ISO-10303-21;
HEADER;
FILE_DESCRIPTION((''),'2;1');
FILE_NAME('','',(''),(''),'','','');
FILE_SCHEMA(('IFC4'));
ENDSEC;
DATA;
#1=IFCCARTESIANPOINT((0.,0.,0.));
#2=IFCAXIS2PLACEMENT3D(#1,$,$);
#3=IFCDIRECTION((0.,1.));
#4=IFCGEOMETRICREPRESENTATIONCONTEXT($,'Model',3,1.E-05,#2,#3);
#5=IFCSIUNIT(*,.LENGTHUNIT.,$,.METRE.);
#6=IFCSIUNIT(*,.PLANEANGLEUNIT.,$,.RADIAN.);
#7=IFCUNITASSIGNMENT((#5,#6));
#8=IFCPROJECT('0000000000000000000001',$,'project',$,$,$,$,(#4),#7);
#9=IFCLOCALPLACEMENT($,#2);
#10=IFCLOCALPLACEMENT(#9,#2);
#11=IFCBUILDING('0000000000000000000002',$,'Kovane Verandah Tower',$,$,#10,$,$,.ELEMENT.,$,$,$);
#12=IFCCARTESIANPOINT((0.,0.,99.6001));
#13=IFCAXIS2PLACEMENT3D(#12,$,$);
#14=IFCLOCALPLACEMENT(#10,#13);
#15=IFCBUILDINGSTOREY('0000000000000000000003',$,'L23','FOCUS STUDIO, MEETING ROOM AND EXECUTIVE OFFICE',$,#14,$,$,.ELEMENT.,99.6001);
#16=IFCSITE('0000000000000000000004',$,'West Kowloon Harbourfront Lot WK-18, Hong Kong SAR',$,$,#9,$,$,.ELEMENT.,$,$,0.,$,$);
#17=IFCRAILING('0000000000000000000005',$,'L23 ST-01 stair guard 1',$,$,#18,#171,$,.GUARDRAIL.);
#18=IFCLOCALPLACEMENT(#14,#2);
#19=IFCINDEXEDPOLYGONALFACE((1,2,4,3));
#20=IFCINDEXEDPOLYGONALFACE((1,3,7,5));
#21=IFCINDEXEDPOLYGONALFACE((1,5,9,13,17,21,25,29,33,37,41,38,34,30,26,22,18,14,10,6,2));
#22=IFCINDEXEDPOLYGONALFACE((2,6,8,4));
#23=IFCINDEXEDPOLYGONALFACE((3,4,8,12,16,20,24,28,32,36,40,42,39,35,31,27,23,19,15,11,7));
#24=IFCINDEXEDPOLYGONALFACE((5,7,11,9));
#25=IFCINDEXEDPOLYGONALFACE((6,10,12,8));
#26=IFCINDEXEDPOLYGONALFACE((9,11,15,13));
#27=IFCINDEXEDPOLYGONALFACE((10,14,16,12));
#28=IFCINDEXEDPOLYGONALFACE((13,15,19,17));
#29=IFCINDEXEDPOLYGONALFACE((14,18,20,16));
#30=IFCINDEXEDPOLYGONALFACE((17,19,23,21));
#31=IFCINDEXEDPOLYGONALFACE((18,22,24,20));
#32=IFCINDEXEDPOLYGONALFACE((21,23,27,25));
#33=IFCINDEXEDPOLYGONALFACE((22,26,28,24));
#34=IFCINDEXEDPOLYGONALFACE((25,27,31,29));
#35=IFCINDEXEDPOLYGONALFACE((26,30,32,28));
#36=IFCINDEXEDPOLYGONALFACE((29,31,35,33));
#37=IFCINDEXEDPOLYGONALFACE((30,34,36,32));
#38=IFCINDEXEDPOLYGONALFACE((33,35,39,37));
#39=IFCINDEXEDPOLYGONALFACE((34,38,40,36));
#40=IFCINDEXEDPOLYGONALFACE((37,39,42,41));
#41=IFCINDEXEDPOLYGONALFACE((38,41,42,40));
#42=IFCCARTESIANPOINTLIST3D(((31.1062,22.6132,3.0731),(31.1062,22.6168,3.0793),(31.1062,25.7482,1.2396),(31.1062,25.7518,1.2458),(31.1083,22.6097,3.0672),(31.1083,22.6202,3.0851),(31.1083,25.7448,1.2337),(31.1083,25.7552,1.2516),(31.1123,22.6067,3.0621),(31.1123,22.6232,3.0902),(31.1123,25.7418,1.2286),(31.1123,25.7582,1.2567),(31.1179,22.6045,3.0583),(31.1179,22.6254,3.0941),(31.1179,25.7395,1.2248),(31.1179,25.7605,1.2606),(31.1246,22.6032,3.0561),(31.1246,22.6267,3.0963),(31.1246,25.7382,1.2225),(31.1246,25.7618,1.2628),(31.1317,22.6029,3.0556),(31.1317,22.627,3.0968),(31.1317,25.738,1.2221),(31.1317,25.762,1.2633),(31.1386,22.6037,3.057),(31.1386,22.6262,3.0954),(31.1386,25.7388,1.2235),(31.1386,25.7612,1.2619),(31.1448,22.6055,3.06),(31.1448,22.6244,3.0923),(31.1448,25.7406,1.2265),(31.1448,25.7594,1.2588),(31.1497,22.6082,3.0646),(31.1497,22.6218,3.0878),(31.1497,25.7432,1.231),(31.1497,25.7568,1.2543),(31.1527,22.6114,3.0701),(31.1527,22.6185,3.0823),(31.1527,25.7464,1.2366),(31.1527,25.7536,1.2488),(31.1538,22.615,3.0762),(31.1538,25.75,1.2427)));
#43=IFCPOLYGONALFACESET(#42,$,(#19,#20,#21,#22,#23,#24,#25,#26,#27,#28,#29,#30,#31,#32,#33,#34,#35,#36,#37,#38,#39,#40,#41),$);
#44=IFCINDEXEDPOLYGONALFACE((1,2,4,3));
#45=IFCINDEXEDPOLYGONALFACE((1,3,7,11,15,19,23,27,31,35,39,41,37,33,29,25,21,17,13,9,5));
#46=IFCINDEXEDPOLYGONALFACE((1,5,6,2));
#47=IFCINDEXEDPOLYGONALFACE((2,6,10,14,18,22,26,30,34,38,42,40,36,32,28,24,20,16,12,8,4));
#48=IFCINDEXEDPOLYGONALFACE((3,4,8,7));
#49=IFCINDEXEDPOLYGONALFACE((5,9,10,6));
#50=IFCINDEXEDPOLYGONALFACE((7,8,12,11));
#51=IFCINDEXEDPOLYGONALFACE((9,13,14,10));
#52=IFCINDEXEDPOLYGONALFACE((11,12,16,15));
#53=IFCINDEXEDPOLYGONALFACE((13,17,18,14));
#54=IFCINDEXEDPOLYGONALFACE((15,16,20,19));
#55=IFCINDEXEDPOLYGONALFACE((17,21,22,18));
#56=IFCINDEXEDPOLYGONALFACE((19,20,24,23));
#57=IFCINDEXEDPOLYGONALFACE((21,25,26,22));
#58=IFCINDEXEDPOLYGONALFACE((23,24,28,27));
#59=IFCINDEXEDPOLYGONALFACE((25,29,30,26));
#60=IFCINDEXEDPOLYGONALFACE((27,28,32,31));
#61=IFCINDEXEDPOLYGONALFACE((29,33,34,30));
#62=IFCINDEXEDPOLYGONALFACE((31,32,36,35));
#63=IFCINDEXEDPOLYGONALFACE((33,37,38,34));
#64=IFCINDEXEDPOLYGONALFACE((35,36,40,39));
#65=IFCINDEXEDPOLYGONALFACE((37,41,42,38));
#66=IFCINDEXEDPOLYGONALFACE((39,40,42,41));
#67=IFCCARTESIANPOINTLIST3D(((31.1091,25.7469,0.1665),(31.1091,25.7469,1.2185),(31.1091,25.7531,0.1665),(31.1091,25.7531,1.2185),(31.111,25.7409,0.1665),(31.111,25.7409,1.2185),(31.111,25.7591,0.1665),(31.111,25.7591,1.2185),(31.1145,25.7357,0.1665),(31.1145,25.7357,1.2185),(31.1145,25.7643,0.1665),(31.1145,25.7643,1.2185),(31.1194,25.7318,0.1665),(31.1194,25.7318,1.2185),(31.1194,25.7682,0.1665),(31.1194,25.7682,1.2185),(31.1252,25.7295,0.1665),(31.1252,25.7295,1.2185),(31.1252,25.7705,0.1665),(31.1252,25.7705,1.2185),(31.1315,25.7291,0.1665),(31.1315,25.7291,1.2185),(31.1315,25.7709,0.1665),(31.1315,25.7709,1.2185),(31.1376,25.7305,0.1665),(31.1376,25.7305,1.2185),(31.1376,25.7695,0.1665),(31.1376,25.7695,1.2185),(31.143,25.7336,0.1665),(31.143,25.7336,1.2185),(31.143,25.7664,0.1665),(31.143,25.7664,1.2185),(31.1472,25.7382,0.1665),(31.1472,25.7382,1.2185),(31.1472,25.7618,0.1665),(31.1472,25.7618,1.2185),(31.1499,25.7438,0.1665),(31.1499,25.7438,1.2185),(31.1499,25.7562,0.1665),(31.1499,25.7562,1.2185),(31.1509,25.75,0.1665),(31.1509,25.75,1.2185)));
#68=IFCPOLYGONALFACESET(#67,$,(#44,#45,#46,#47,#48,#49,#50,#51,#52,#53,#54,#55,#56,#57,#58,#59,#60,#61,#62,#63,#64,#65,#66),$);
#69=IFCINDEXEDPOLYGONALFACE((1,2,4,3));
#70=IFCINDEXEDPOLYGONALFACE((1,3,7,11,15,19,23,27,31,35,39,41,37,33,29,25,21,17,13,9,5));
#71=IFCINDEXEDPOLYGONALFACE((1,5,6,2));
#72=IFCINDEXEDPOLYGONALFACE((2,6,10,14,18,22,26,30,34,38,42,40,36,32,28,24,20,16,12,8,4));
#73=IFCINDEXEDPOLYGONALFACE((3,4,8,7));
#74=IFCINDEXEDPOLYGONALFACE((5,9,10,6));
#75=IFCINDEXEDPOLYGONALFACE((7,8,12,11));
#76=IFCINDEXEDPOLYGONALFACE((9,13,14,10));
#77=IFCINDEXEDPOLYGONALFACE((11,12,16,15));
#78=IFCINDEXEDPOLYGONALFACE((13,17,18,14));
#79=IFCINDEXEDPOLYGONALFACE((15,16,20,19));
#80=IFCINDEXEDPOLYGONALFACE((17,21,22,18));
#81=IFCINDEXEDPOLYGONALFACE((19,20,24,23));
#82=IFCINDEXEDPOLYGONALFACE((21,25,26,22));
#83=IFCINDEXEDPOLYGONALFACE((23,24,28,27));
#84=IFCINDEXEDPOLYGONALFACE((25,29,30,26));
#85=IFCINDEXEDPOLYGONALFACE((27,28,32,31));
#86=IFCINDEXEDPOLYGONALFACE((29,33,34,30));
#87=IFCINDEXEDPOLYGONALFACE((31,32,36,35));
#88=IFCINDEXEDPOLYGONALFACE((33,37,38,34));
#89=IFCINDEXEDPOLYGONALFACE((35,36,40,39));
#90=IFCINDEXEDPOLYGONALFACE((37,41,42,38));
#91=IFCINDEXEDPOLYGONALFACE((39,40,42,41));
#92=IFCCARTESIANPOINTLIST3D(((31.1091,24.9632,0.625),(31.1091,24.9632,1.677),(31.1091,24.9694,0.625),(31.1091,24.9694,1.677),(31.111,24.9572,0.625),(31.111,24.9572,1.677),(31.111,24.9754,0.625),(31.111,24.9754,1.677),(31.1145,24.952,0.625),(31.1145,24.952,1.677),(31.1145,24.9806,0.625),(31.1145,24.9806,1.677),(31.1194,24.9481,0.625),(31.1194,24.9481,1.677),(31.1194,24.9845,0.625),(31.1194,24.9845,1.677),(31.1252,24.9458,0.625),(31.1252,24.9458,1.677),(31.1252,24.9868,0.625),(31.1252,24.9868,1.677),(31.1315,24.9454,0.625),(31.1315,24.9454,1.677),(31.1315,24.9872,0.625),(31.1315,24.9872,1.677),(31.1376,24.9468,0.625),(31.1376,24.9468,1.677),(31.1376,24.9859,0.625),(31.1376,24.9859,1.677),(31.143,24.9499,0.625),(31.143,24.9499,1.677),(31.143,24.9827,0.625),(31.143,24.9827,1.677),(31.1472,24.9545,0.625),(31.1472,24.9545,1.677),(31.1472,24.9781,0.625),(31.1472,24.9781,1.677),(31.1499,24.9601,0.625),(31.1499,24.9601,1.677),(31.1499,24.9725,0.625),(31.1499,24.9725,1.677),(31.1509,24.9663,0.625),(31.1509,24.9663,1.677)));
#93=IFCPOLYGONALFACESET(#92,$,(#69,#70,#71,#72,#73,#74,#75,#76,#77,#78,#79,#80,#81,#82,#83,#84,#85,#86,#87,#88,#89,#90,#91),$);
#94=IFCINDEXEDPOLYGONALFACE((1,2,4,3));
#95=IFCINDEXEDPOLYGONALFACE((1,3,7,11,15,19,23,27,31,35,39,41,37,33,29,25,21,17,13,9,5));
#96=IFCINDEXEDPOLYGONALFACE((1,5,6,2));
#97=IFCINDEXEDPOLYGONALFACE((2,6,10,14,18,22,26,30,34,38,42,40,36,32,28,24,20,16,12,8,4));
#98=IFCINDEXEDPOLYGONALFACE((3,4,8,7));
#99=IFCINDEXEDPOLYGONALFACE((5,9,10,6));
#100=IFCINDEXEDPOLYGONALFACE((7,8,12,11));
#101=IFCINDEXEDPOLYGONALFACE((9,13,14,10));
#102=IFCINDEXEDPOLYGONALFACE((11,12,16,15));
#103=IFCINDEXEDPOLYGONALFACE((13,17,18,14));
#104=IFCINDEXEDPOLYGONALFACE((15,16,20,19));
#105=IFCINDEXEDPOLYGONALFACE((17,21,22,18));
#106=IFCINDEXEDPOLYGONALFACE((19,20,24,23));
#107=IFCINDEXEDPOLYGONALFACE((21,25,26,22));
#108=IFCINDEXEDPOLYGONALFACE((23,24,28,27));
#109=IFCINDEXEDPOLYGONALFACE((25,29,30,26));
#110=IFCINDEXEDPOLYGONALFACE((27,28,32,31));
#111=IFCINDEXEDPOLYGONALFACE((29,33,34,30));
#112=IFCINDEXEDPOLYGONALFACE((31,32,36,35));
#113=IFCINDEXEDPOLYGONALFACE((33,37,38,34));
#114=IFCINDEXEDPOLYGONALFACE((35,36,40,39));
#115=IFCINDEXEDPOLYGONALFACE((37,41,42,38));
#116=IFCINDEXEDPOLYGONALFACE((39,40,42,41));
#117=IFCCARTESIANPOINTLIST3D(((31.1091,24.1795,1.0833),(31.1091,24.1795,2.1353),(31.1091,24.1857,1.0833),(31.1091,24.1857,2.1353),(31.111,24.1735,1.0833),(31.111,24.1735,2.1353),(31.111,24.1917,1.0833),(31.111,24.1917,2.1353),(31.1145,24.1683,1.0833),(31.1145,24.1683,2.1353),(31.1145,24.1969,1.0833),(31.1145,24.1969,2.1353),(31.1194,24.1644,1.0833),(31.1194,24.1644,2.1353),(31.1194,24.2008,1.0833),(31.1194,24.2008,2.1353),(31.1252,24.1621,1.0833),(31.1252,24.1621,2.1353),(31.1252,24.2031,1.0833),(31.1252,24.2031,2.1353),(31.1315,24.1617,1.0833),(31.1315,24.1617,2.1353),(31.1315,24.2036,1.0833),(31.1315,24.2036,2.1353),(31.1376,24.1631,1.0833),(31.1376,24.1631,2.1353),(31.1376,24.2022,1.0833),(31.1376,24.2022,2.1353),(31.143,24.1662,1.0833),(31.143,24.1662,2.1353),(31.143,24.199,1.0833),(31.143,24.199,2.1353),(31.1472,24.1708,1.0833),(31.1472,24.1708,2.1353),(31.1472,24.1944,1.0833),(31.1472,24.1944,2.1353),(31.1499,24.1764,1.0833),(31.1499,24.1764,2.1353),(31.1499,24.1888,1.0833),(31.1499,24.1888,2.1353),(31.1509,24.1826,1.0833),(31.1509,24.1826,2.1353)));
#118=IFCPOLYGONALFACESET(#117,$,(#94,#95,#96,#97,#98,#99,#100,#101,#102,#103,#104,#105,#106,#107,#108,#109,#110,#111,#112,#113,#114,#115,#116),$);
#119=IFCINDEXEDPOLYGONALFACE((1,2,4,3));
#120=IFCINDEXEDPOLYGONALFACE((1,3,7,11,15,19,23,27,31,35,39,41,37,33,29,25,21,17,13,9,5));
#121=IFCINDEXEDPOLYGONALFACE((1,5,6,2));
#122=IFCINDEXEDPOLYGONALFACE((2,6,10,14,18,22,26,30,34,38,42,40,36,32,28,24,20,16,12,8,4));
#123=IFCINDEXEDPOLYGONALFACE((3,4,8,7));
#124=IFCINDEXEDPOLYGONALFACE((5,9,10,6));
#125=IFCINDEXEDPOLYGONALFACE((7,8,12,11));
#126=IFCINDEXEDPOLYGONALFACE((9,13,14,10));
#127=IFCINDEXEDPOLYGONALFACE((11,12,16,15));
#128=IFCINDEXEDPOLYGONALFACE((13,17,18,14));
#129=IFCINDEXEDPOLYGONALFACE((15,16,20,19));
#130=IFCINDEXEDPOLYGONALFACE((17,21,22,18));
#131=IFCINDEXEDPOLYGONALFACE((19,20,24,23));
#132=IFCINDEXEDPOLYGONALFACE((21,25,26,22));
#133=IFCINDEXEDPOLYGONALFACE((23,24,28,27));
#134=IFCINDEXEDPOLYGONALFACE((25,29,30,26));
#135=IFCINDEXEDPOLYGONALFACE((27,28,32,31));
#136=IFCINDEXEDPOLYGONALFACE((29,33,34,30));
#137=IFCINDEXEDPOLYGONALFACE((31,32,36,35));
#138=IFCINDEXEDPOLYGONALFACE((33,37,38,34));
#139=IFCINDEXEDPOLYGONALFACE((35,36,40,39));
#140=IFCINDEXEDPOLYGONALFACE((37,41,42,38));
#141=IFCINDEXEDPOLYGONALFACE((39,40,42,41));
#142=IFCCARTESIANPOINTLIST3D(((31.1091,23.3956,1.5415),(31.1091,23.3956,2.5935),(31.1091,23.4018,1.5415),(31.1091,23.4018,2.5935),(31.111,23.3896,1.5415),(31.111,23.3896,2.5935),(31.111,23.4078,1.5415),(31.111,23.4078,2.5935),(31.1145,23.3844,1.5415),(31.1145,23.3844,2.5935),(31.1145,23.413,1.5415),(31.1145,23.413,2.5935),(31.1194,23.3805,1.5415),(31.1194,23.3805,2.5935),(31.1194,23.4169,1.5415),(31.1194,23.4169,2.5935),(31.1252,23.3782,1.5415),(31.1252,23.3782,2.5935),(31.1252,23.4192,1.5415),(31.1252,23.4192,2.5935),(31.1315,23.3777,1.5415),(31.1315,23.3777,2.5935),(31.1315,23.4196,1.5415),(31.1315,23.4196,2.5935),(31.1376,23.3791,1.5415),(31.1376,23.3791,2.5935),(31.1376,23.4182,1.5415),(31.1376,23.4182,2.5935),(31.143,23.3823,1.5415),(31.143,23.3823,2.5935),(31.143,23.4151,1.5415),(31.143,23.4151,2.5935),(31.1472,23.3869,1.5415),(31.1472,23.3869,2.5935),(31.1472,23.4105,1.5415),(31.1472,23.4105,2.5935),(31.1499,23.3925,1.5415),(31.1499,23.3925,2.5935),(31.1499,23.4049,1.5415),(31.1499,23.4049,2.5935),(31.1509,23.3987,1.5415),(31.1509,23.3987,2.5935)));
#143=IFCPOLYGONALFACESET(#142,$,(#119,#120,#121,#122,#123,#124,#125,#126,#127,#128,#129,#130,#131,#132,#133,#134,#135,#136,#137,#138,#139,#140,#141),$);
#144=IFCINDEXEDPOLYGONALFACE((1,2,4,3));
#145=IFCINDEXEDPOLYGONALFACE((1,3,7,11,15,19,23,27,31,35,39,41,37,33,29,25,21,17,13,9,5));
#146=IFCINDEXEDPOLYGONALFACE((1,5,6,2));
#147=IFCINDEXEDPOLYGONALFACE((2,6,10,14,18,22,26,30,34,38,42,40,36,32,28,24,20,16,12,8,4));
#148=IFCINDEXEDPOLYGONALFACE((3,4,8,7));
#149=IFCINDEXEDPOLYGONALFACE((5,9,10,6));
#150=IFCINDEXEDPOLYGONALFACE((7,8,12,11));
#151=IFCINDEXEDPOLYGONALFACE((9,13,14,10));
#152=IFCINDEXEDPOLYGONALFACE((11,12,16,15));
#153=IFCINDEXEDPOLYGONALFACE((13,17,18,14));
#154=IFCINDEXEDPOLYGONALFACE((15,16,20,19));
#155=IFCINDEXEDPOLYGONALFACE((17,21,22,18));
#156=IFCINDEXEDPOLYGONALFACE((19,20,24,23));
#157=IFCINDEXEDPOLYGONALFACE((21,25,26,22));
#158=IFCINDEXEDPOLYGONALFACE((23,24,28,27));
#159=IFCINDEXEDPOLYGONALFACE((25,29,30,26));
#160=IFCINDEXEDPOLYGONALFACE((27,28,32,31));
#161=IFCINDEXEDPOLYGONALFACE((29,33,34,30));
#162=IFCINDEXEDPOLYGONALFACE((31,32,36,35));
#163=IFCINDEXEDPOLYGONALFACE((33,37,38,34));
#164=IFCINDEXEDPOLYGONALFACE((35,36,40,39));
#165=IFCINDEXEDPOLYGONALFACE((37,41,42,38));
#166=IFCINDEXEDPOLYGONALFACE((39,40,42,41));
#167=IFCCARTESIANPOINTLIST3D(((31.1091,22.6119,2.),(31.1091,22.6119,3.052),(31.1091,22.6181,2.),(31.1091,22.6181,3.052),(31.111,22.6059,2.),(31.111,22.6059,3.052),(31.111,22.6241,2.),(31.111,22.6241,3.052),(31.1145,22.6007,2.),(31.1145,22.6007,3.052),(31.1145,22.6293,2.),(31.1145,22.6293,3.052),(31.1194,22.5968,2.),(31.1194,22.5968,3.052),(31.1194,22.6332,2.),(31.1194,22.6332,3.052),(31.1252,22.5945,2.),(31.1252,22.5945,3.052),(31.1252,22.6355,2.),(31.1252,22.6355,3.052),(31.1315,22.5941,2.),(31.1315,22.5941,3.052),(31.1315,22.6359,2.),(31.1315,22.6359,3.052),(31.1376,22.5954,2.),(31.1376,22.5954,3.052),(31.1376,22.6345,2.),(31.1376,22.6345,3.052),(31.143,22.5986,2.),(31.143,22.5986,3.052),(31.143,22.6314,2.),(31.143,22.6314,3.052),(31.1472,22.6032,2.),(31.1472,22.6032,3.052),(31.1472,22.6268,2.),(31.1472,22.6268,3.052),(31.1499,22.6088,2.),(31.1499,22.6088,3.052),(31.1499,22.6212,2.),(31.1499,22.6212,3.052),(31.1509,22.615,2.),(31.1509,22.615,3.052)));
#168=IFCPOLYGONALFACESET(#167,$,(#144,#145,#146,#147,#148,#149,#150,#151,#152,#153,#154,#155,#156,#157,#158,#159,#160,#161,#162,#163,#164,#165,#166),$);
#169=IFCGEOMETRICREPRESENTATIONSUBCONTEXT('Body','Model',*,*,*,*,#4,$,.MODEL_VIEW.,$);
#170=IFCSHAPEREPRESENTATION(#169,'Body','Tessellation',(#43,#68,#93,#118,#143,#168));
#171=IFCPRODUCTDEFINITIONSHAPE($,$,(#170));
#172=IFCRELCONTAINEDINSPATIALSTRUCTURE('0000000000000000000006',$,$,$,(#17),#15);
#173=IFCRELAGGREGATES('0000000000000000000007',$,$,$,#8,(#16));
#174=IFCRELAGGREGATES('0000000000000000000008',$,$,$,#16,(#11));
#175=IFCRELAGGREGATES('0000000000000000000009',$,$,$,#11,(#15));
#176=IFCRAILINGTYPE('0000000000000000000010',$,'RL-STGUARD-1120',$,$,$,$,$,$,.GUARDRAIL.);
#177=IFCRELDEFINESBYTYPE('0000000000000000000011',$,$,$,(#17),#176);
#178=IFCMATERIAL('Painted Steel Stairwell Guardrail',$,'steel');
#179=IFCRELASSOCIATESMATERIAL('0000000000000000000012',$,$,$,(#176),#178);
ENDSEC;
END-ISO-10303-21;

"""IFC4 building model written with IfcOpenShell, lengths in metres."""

from ifc_helpers import new_model, si_unit, direction, frame, origin, origin_2d, place, context, subcontext, project, spatial, circle, extrude, material, type_object, element, save


model = new_model("IFC4")

# Units and contexts
model_context = context("Model", 3, precision=1e-05, world=origin(), true_north=direction((0.0, 1.0)))
body_context = subcontext(model_context, "Body", "Model", "MODEL_VIEW")
ifc_project = project(units=[si_unit("LENGTHUNIT", "METRE"), si_unit("PLANEANGLEUNIT", "RADIAN")], contexts=[model_context])

# Site, building, storey
site_placement = place(None, origin())
site = spatial("IfcSite", under=ifc_project, at=site_placement, Name="West Kowloon Harbourfront Lot WK-18, Hong Kong SAR", CompositionType="ELEMENT", RefElevation=0.0)
building_placement = place(site_placement, origin())
building = spatial("IfcBuilding", under=site, at=building_placement, Name="Kovane Verandah Tower", CompositionType="ELEMENT")
storey_placement = place(building_placement, frame((0.0, 0.0, 99.6001)))
storey = spatial("IfcBuildingStorey", under=building, at=storey_placement, Name="L23", Description="FOCUS STUDIO, MEETING ROOM AND EXECUTIVE OFFICE", CompositionType="ELEMENT", Elevation=99.6001)

# Railing
ifc_material_1 = material(Name="Painted Steel Stairwell Guardrail", Category="steel")
railing_type_1 = type_object("IfcRailingType", Name="RL-STGUARD-1120", PredefinedType="GUARDRAIL", material=ifc_material_1)
railing_1_placement = place(storey_placement, frame((31.1299, 25.75, 0.1665)))
element("IfcRailing", 1, at=railing_1_placement, inside=storey, type_object=railing_type_1, Name="L23 ST-01 stair guard 1", PredefinedType="GUARDRAIL", context=body_context, shape_type="SweptSolid", body=[
    extrude(circle(Radius=0.0239, at=origin_2d()), frame((0.0, 0.0, 1.0762), z_axis=(0.0, -0.86321, 0.504845), x_axis=(1.0, 0.0, 0.0)), (0.0, 0.0, 1.0), 3.6318),
    extrude(circle(Radius=0.021, at=origin_2d()), origin(), (0.0, 0.0, 1.0), 1.052),
    extrude(circle(Radius=0.021, at=origin_2d()), frame((0.0, -0.7837, 0.4585)), (0.0, 0.0, 1.0), 1.052),
    extrude(circle(Radius=0.021, at=origin_2d()), frame((0.0, -1.5674, 0.9167)), (0.0, 0.0, 1.0), 1.052),
    extrude(circle(Radius=0.021, at=origin_2d()), frame((0.0, -2.3513, 1.375)), (0.0, 0.0, 1.0), 1.052),
    extrude(circle(Radius=0.021, at=origin_2d()), frame((0.0, -3.135, 1.8335)), (0.0, 0.0, 1.0), 1.052),
])

save(model, "model.ifc")
